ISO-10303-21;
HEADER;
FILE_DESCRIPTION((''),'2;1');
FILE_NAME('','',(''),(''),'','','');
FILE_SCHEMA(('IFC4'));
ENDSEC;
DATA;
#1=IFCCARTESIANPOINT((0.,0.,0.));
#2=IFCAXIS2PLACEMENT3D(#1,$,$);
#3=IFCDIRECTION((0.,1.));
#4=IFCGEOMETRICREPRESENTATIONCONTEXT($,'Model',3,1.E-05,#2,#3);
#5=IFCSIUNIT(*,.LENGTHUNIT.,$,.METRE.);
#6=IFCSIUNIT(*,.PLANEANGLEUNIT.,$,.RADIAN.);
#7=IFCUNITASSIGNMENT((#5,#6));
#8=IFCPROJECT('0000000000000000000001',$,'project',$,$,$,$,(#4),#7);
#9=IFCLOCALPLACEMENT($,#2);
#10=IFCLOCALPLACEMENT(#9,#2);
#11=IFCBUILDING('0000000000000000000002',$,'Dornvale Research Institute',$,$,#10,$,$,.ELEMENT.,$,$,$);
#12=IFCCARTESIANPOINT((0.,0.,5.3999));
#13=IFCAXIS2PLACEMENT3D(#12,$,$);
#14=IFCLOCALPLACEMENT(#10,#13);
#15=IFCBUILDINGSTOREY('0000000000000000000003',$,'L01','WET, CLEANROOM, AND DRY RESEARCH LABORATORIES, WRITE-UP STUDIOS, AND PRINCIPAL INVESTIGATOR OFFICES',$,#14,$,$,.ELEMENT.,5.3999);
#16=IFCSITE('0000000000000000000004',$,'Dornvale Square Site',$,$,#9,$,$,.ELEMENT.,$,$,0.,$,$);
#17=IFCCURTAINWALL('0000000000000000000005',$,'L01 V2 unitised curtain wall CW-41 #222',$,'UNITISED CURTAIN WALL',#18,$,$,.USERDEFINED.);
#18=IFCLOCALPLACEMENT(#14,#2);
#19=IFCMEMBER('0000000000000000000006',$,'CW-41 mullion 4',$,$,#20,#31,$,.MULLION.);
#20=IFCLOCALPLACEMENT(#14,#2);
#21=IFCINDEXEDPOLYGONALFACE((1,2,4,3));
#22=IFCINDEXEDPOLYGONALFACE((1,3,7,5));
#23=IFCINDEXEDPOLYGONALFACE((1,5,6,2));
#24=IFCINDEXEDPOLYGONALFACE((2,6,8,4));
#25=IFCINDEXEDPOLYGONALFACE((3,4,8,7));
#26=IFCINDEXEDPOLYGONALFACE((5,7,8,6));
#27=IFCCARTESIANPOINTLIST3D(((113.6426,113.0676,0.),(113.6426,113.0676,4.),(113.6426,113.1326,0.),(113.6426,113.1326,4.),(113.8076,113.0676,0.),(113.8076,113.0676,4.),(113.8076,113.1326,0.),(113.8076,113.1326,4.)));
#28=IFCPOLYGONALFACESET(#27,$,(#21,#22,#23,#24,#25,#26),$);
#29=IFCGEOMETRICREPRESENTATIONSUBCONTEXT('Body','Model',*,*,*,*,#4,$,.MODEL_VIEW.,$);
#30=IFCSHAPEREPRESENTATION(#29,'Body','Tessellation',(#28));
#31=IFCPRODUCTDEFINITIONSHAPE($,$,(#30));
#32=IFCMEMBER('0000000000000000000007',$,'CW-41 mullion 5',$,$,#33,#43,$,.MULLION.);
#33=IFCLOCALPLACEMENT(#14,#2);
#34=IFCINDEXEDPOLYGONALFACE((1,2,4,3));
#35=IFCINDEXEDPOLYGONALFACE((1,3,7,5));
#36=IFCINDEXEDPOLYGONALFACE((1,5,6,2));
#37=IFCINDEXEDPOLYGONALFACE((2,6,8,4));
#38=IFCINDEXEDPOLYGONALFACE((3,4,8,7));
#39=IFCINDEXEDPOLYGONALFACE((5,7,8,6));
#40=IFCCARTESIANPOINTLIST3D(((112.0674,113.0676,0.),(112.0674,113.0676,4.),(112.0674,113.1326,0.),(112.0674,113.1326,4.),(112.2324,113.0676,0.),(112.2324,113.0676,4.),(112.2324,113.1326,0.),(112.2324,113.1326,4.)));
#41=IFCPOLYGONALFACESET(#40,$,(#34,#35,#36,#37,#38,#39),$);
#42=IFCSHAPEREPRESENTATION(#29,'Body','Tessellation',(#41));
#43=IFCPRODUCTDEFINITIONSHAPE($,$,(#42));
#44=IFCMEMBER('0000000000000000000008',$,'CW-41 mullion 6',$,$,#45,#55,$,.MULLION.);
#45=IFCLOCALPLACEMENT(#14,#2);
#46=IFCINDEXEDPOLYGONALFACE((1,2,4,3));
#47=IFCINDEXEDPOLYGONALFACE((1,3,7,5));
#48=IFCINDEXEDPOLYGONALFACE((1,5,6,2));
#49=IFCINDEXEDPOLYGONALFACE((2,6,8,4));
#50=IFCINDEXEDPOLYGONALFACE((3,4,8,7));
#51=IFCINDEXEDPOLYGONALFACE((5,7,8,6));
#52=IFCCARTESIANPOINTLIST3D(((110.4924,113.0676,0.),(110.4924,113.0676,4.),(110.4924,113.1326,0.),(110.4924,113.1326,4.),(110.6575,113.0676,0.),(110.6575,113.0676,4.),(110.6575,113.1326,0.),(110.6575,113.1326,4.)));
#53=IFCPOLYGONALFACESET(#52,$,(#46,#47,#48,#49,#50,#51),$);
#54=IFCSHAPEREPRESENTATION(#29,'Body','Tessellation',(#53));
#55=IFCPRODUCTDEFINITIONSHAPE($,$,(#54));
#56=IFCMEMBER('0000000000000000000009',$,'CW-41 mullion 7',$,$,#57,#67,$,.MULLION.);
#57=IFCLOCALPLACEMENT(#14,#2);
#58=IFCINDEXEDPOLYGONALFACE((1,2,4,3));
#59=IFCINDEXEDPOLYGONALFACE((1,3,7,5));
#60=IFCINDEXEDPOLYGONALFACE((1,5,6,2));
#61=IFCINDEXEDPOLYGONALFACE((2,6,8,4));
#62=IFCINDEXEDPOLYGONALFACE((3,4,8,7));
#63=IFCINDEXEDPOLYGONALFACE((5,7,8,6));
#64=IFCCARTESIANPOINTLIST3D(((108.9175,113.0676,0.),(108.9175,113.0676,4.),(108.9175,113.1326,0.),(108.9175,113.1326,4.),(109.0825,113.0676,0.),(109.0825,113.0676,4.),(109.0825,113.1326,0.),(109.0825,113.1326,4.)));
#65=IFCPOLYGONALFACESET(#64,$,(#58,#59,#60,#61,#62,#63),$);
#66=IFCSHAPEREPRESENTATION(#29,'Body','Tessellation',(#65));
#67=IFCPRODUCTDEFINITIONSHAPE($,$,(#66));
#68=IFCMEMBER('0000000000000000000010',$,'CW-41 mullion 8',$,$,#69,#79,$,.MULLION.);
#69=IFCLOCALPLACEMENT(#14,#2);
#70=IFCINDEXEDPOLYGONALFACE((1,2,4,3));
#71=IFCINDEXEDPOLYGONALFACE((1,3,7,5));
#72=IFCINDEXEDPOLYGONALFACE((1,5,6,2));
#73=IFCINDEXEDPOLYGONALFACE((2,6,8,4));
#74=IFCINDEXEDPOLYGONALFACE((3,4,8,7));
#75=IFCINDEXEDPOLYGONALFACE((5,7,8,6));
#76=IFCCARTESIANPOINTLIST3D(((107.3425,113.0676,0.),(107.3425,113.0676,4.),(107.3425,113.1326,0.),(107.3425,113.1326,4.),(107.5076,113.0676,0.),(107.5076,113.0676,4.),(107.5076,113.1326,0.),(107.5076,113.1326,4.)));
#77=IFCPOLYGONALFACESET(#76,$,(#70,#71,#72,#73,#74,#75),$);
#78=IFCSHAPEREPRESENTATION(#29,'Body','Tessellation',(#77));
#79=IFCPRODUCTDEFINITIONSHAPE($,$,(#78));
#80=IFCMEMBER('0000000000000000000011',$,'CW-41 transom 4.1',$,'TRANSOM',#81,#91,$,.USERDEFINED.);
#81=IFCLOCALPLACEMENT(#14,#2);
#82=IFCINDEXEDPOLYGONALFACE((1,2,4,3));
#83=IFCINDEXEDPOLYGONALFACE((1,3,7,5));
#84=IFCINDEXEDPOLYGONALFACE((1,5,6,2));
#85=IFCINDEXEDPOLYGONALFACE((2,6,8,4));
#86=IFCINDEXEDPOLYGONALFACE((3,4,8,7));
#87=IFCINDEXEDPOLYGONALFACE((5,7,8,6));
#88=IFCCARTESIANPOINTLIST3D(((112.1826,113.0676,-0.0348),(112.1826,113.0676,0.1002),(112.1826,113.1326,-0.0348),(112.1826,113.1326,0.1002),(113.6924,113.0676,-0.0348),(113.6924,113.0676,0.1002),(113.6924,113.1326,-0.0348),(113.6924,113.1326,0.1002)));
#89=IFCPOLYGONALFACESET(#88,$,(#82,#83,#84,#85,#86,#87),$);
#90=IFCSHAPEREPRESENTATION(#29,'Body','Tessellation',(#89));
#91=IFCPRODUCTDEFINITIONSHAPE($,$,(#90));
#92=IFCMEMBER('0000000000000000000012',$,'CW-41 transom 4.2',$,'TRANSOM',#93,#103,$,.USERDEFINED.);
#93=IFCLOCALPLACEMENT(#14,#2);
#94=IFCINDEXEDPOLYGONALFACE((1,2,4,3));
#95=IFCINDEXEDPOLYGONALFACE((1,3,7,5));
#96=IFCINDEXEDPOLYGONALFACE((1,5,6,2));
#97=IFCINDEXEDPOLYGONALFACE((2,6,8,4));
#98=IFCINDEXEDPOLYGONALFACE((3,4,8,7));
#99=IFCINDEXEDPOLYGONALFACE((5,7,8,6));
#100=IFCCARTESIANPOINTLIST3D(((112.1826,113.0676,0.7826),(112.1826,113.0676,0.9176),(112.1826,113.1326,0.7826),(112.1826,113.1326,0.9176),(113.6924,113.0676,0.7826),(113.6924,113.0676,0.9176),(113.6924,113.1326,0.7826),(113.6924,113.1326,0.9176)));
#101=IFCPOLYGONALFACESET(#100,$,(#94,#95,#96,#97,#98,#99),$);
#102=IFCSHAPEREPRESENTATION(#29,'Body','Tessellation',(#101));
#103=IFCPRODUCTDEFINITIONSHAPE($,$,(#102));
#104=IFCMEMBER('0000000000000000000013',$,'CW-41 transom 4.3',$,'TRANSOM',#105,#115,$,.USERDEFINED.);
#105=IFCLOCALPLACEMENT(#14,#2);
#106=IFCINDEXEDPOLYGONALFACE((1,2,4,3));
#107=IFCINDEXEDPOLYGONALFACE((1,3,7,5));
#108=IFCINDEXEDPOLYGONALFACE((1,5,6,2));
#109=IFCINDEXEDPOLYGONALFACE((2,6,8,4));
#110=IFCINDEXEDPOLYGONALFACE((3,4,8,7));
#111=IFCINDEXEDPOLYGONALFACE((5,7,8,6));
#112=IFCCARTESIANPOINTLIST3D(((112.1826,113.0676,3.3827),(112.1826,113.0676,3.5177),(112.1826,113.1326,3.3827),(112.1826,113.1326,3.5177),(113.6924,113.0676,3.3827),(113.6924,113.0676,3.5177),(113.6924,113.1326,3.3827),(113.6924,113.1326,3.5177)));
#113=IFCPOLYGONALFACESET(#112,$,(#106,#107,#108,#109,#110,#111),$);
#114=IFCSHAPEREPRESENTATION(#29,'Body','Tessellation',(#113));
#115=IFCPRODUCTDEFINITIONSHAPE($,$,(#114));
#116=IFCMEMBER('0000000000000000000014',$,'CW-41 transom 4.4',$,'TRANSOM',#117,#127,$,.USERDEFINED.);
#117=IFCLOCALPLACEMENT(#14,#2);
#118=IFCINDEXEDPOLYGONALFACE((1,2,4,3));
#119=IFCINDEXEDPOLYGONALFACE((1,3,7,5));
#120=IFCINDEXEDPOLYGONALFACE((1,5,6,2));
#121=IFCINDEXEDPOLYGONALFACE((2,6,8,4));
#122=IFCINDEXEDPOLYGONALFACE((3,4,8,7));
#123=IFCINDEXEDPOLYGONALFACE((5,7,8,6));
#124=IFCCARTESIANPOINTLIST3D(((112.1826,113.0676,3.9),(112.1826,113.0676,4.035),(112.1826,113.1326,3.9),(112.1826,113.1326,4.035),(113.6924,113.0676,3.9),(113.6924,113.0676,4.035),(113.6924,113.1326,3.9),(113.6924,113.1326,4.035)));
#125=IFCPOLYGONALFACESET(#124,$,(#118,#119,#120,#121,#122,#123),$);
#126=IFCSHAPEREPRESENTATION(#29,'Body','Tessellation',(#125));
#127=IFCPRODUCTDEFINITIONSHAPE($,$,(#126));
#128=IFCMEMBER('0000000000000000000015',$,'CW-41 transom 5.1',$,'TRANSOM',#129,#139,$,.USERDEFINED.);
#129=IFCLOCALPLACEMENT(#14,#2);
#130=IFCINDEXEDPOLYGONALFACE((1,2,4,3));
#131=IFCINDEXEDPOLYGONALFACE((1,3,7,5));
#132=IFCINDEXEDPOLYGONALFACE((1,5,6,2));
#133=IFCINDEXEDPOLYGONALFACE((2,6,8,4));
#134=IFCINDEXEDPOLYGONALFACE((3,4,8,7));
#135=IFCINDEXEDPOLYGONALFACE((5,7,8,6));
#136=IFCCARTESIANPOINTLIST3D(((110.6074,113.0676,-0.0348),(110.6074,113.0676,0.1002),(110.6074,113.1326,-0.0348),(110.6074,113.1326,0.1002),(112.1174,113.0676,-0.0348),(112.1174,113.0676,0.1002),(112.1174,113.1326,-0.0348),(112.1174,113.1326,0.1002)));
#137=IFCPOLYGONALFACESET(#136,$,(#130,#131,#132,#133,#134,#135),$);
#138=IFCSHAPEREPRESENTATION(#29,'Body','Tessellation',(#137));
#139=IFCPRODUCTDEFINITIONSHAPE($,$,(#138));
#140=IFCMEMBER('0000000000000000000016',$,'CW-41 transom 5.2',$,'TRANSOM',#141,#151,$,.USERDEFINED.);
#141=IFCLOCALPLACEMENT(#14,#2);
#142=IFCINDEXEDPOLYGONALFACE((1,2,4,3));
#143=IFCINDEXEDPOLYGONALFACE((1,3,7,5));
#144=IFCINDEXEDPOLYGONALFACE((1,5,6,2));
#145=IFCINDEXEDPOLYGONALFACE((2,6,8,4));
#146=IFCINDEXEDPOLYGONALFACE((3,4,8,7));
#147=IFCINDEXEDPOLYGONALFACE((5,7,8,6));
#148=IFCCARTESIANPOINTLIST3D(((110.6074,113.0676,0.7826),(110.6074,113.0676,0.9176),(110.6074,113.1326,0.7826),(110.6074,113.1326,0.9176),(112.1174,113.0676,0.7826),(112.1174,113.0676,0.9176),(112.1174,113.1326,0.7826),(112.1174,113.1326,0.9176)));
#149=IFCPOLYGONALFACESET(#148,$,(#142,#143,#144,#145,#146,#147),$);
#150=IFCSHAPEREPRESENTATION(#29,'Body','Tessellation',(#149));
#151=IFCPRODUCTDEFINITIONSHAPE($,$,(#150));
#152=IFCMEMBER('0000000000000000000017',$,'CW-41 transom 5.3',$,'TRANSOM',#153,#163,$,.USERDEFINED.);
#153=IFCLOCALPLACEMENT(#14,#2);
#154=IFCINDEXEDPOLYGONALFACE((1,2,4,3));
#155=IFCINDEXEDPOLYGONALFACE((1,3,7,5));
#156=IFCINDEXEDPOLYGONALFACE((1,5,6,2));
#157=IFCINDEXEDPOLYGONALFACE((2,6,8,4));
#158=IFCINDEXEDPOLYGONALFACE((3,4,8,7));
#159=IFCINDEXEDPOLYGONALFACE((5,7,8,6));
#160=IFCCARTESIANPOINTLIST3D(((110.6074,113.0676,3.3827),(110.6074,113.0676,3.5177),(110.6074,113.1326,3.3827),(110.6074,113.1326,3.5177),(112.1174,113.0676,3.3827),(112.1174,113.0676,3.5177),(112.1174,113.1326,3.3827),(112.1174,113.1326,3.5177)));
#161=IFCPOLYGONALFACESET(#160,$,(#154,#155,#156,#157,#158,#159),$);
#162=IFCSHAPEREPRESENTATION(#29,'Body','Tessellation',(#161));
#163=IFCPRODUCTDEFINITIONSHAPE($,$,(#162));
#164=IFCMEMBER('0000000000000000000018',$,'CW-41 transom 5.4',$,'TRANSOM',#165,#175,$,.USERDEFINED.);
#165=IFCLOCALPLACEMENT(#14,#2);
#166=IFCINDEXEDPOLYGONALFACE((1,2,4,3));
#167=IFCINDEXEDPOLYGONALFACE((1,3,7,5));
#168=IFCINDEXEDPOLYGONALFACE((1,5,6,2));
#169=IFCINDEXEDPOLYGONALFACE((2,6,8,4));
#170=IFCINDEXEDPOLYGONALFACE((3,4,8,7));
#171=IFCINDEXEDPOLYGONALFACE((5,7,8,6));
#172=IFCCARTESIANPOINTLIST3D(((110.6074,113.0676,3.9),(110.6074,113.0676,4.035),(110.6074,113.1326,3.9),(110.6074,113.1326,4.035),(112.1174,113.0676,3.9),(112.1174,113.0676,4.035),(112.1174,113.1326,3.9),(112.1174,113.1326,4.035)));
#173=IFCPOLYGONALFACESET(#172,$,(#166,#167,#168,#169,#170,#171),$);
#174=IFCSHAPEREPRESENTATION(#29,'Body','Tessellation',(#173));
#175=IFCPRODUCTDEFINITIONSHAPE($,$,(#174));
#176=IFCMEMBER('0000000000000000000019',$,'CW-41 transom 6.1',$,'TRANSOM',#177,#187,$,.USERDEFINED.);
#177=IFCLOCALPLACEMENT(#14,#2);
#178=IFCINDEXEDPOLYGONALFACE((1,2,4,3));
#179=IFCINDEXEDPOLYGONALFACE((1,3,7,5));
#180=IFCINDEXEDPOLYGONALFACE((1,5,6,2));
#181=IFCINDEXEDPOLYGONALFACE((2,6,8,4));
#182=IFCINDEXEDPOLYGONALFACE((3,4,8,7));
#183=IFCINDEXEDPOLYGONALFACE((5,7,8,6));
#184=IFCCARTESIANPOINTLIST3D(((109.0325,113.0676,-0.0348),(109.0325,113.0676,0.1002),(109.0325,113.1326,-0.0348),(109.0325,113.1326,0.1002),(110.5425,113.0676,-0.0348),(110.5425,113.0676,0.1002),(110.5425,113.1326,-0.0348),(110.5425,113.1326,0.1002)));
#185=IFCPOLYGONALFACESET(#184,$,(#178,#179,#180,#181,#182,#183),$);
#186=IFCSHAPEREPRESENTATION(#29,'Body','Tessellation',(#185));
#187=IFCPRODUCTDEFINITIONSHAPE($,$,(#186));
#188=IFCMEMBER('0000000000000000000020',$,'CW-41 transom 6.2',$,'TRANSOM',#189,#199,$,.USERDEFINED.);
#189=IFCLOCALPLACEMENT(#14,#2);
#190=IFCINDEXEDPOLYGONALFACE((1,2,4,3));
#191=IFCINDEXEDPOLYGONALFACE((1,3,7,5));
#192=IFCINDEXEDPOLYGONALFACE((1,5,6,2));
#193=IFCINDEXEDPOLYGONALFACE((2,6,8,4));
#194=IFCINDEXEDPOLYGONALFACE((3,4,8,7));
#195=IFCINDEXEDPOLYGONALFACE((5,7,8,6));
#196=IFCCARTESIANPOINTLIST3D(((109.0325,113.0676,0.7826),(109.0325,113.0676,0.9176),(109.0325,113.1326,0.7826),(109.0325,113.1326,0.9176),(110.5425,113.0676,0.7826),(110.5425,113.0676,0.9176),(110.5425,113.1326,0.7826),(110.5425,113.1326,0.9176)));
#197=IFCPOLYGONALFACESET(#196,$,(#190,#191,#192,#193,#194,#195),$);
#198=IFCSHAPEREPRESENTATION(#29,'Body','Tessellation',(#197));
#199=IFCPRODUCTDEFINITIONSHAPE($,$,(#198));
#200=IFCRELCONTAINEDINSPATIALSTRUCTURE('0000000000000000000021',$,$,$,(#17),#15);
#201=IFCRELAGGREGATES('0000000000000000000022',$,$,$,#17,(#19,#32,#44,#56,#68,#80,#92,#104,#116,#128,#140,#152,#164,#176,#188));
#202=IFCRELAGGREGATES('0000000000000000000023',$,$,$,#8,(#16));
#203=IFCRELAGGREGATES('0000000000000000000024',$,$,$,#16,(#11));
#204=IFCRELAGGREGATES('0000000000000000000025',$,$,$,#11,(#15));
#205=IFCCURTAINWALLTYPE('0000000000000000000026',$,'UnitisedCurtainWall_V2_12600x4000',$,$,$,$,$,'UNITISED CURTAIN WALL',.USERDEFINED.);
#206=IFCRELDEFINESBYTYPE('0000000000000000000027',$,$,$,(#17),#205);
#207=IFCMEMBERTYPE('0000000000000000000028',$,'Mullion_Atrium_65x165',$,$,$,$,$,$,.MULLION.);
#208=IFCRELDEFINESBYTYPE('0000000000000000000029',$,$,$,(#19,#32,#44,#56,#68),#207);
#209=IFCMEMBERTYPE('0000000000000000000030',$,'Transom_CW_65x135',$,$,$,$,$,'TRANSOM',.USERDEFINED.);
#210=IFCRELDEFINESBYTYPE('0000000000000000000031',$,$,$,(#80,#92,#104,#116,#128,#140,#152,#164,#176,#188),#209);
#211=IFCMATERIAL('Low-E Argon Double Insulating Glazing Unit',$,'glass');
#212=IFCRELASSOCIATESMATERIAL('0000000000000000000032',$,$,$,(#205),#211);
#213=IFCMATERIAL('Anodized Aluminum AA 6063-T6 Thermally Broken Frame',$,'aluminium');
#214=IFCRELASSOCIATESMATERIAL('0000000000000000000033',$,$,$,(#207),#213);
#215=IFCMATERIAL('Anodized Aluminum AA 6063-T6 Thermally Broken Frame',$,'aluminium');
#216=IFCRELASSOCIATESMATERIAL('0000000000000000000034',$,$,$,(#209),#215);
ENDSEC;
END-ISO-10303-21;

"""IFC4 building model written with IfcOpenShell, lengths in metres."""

from ifc_helpers import new_model, si_unit, direction, frame, origin, origin_2d, place, context, subcontext, project, spatial, rectangle, extrude, material, material_profile, profile_set, type_object, element, aggregate, save


model = new_model("IFC4")

# Units and contexts
model_context = context("Model", 3, precision=1e-05, world=origin(), true_north=direction((0.0, 1.0)))
body_context = subcontext(model_context, "Body", "Model", "MODEL_VIEW")
ifc_project = project(units=[si_unit("LENGTHUNIT", "METRE"), si_unit("PLANEANGLEUNIT", "RADIAN")], contexts=[model_context])

# Site, building, storey
site_placement = place(None, origin())
site = spatial("IfcSite", under=ifc_project, at=site_placement, Name="Dornvale Square Site", CompositionType="ELEMENT", RefElevation=0.0)
building_placement = place(site_placement, origin())
building = spatial("IfcBuilding", under=site, at=building_placement, Name="Dornvale Research Institute", CompositionType="ELEMENT")
storey_placement = place(building_placement, frame((0.0, 0.0, 5.3999)))
storey = spatial("IfcBuildingStorey", under=building, at=storey_placement, Name="L01", Description="WET, CLEANROOM, AND DRY RESEARCH LABORATORIES, WRITE-UP STUDIOS, AND PRINCIPAL INVESTIGATOR OFFICES", CompositionType="ELEMENT", Elevation=5.3999)

# Curtain wall, members
ifc_material_1 = material(Name="Low-E Argon Double Insulating Glazing Unit", Category="glass")
curtain_wall_type = type_object("IfcCurtainWallType", Name="UnitisedCurtainWall_V2_12600x4000", ElementType="UNITISED CURTAIN WALL", PredefinedType="USERDEFINED", material=ifc_material_1)
curtain_wall_placement = place(storey_placement, origin())
curtain_wall = element("IfcCurtainWall", 1, at=curtain_wall_placement, inside=storey, type_object=curtain_wall_type, Name="L01 V2 unitised curtain wall CW-41 #222", ObjectType="UNITISED CURTAIN WALL", PredefinedType="USERDEFINED")
ifc_material_2 = material(Name="Anodized Aluminum AA 6063-T6 Thermally Broken Frame", Category="aluminium")
ifc_material_profile_1 = material_profile(ifc_material_2, rectangle(XDim=0.0649, YDim=0.165, at=origin_2d()), Name="ALU MULLION 65x165")
ifc_profile_set_1 = profile_set([ifc_material_profile_1], Name="Anodized Aluminum AA 6063-T6 Thermally Broken Frame")
member_type_1 = type_object("IfcMemberType", Name="Mullion_Atrium_65x165", PredefinedType="MULLION", material=ifc_profile_set_1)
member_1_placement = place(storey_placement, frame((113.7251, 113.1001, 0.0), z_axis=(0.0, 0.0, 1.0), x_axis=(0.0, -1.0, 0.0)))
member_1 = element("IfcMember", 2, at=member_1_placement, type_object=member_type_1, Name="CW-41 mullion 4", PredefinedType="MULLION", context=body_context, shape_type="SweptSolid", body=[
    extrude(rectangle(XDim=0.0649, YDim=0.165, at=origin_2d()), origin(), (0.0, 0.0, 1.0), 4.0),
])
member_2_placement = place(storey_placement, frame((112.1499, 113.1001, 0.0), z_axis=(0.0, 0.0, 1.0), x_axis=(0.0, -1.0, 0.0)))
member_2 = element("IfcMember", 3, at=member_2_placement, type_object=member_type_1, Name="CW-41 mullion 5", PredefinedType="MULLION", context=body_context, shape_type="SweptSolid", body=[
    extrude(rectangle(XDim=0.0649, YDim=0.165, at=origin_2d()), origin(), (0.0, 0.0, 1.0), 4.0),
])
member_3_placement = place(storey_placement, frame((110.575, 113.1001, 0.0), z_axis=(0.0, 0.0, 1.0), x_axis=(0.0, -1.0, 0.0)))
member_3 = element("IfcMember", 4, at=member_3_placement, type_object=member_type_1, Name="CW-41 mullion 6", PredefinedType="MULLION", context=body_context, shape_type="SweptSolid", body=[
    extrude(rectangle(XDim=0.0649, YDim=0.165, at=origin_2d()), origin(), (0.0, 0.0, 1.0), 4.0),
])
member_4_placement = place(storey_placement, frame((109.0, 113.1001, 0.0), z_axis=(0.0, 0.0, 1.0), x_axis=(0.0, -1.0, 0.0)))
member_4 = element("IfcMember", 5, at=member_4_placement, type_object=member_type_1, Name="CW-41 mullion 7", PredefinedType="MULLION", context=body_context, shape_type="SweptSolid", body=[
    extrude(rectangle(XDim=0.0649, YDim=0.165, at=origin_2d()), origin(), (0.0, 0.0, 1.0), 4.0),
])
member_5_placement = place(storey_placement, frame((107.425, 113.1001, 0.0), z_axis=(0.0, 0.0, 1.0), x_axis=(0.0, -1.0, 0.0)))
member_5 = element("IfcMember", 6, at=member_5_placement, type_object=member_type_1, Name="CW-41 mullion 8", PredefinedType="MULLION", context=body_context, shape_type="SweptSolid", body=[
    extrude(rectangle(XDim=0.0649, YDim=0.165, at=origin_2d()), origin(), (0.0, 0.0, 1.0), 4.0),
])
ifc_material_3 = material(Name="Anodized Aluminum AA 6063-T6 Thermally Broken Frame", Category="aluminium")
ifc_material_profile_2 = material_profile(ifc_material_3, rectangle(XDim=0.0649, YDim=0.135, at=origin_2d()), Name="ALU TRANSOM 65x135")
ifc_profile_set_2 = profile_set([ifc_material_profile_2], Name="Anodized Aluminum AA 6063-T6 Thermally Broken Frame")
member_type_2 = type_object("IfcMemberType", Name="Transom_CW_65x135", ElementType="TRANSOM", PredefinedType="USERDEFINED", material=ifc_profile_set_2)
member_6_placement = place(storey_placement, frame((113.6924, 113.1001, 0.0327), z_axis=(-1.0, 0.0, 0.0), x_axis=(0.0, -1.0, 0.0)))
member_6 = element("IfcMember", 7, at=member_6_placement, type_object=member_type_2, Name="CW-41 transom 4.1", ObjectType="TRANSOM", PredefinedType="USERDEFINED", context=body_context, shape_type="SweptSolid", body=[
    extrude(rectangle(XDim=0.0649, YDim=0.135, at=origin_2d()), origin(), (0.0, 0.0, 1.0), 1.5098),
])
member_7_placement = place(storey_placement, frame((113.6924, 113.1001, 0.8501), z_axis=(-1.0, 0.0, 0.0), x_axis=(0.0, -1.0, 0.0)))
member_7 = element("IfcMember", 8, at=member_7_placement, type_object=member_type_2, Name="CW-41 transom 4.2", ObjectType="TRANSOM", PredefinedType="USERDEFINED", context=body_context, shape_type="SweptSolid", body=[
    extrude(rectangle(XDim=0.0649, YDim=0.135, at=origin_2d()), origin(), (0.0, 0.0, 1.0), 1.5098),
])
member_8_placement = place(storey_placement, frame((113.6924, 113.1001, 3.4502), z_axis=(-1.0, 0.0, 0.0), x_axis=(0.0, -1.0, 0.0)))
member_8 = element("IfcMember", 9, at=member_8_placement, type_object=member_type_2, Name="CW-41 transom 4.3", ObjectType="TRANSOM", PredefinedType="USERDEFINED", context=body_context, shape_type="SweptSolid", body=[
    extrude(rectangle(XDim=0.0649, YDim=0.135, at=origin_2d()), origin(), (0.0, 0.0, 1.0), 1.5098),
])
member_9_placement = place(storey_placement, frame((113.6924, 113.1001, 3.9675), z_axis=(-1.0, 0.0, 0.0), x_axis=(0.0, -1.0, 0.0)))
member_9 = element("IfcMember", 10, at=member_9_placement, type_object=member_type_2, Name="CW-41 transom 4.4", ObjectType="TRANSOM", PredefinedType="USERDEFINED", context=body_context, shape_type="SweptSolid", body=[
    extrude(rectangle(XDim=0.0649, YDim=0.135, at=origin_2d()), origin(), (0.0, 0.0, 1.0), 1.5098),
])
member_10_placement = place(storey_placement, frame((112.1174, 113.1001, 0.0327), z_axis=(-1.0, 0.0, 0.0), x_axis=(0.0, -1.0, 0.0)))
member_10 = element("IfcMember", 11, at=member_10_placement, type_object=member_type_2, Name="CW-41 transom 5.1", ObjectType="TRANSOM", PredefinedType="USERDEFINED", context=body_context, shape_type="SweptSolid", body=[
    extrude(rectangle(XDim=0.0649, YDim=0.135, at=origin_2d()), origin(), (0.0, 0.0, 1.0), 1.51),
])
member_11_placement = place(storey_placement, frame((112.1174, 113.1001, 0.8501), z_axis=(-1.0, 0.0, 0.0), x_axis=(0.0, -1.0, 0.0)))
member_11 = element("IfcMember", 12, at=member_11_placement, type_object=member_type_2, Name="CW-41 transom 5.2", ObjectType="TRANSOM", PredefinedType="USERDEFINED", context=body_context, shape_type="SweptSolid", body=[
    extrude(rectangle(XDim=0.0649, YDim=0.135, at=origin_2d()), origin(), (0.0, 0.0, 1.0), 1.51),
])
member_12_placement = place(storey_placement, frame((112.1174, 113.1001, 3.4502), z_axis=(-1.0, 0.0, 0.0), x_axis=(0.0, -1.0, 0.0)))
member_12 = element("IfcMember", 13, at=member_12_placement, type_object=member_type_2, Name="CW-41 transom 5.3", ObjectType="TRANSOM", PredefinedType="USERDEFINED", context=body_context, shape_type="SweptSolid", body=[
    extrude(rectangle(XDim=0.0649, YDim=0.135, at=origin_2d()), origin(), (0.0, 0.0, 1.0), 1.51),
])
member_13_placement = place(storey_placement, frame((112.1174, 113.1001, 3.9675), z_axis=(-1.0, 0.0, 0.0), x_axis=(0.0, -1.0, 0.0)))
member_13 = element("IfcMember", 14, at=member_13_placement, type_object=member_type_2, Name="CW-41 transom 5.4", ObjectType="TRANSOM", PredefinedType="USERDEFINED", context=body_context, shape_type="SweptSolid", body=[
    extrude(rectangle(XDim=0.0649, YDim=0.135, at=origin_2d()), origin(), (0.0, 0.0, 1.0), 1.51),
])
member_14_placement = place(storey_placement, frame((110.5425, 113.1001, 0.0327), z_axis=(-1.0, 0.0, 0.0), x_axis=(0.0, -1.0, 0.0)))
member_14 = element("IfcMember", 15, at=member_14_placement, type_object=member_type_2, Name="CW-41 transom 6.1", ObjectType="TRANSOM", PredefinedType="USERDEFINED", context=body_context, shape_type="SweptSolid", body=[
    extrude(rectangle(XDim=0.0649, YDim=0.135, at=origin_2d()), origin(), (0.0, 0.0, 1.0), 1.51),
])
member_15_placement = place(storey_placement, frame((110.5425, 113.1001, 0.8501), z_axis=(-1.0, 0.0, 0.0), x_axis=(0.0, -1.0, 0.0)))
member_15 = element("IfcMember", 16, at=member_15_placement, type_object=member_type_2, Name="CW-41 transom 6.2", ObjectType="TRANSOM", PredefinedType="USERDEFINED", context=body_context, shape_type="SweptSolid", body=[
    extrude(rectangle(XDim=0.0649, YDim=0.135, at=origin_2d()), origin(), (0.0, 0.0, 1.0), 1.51),
])
aggregate(curtain_wall, [member_1, member_2, member_3, member_4, member_5, member_6, member_7, member_8, member_9, member_10, member_11, member_12, member_13, member_14, member_15])

save(model, "model.ifc")
